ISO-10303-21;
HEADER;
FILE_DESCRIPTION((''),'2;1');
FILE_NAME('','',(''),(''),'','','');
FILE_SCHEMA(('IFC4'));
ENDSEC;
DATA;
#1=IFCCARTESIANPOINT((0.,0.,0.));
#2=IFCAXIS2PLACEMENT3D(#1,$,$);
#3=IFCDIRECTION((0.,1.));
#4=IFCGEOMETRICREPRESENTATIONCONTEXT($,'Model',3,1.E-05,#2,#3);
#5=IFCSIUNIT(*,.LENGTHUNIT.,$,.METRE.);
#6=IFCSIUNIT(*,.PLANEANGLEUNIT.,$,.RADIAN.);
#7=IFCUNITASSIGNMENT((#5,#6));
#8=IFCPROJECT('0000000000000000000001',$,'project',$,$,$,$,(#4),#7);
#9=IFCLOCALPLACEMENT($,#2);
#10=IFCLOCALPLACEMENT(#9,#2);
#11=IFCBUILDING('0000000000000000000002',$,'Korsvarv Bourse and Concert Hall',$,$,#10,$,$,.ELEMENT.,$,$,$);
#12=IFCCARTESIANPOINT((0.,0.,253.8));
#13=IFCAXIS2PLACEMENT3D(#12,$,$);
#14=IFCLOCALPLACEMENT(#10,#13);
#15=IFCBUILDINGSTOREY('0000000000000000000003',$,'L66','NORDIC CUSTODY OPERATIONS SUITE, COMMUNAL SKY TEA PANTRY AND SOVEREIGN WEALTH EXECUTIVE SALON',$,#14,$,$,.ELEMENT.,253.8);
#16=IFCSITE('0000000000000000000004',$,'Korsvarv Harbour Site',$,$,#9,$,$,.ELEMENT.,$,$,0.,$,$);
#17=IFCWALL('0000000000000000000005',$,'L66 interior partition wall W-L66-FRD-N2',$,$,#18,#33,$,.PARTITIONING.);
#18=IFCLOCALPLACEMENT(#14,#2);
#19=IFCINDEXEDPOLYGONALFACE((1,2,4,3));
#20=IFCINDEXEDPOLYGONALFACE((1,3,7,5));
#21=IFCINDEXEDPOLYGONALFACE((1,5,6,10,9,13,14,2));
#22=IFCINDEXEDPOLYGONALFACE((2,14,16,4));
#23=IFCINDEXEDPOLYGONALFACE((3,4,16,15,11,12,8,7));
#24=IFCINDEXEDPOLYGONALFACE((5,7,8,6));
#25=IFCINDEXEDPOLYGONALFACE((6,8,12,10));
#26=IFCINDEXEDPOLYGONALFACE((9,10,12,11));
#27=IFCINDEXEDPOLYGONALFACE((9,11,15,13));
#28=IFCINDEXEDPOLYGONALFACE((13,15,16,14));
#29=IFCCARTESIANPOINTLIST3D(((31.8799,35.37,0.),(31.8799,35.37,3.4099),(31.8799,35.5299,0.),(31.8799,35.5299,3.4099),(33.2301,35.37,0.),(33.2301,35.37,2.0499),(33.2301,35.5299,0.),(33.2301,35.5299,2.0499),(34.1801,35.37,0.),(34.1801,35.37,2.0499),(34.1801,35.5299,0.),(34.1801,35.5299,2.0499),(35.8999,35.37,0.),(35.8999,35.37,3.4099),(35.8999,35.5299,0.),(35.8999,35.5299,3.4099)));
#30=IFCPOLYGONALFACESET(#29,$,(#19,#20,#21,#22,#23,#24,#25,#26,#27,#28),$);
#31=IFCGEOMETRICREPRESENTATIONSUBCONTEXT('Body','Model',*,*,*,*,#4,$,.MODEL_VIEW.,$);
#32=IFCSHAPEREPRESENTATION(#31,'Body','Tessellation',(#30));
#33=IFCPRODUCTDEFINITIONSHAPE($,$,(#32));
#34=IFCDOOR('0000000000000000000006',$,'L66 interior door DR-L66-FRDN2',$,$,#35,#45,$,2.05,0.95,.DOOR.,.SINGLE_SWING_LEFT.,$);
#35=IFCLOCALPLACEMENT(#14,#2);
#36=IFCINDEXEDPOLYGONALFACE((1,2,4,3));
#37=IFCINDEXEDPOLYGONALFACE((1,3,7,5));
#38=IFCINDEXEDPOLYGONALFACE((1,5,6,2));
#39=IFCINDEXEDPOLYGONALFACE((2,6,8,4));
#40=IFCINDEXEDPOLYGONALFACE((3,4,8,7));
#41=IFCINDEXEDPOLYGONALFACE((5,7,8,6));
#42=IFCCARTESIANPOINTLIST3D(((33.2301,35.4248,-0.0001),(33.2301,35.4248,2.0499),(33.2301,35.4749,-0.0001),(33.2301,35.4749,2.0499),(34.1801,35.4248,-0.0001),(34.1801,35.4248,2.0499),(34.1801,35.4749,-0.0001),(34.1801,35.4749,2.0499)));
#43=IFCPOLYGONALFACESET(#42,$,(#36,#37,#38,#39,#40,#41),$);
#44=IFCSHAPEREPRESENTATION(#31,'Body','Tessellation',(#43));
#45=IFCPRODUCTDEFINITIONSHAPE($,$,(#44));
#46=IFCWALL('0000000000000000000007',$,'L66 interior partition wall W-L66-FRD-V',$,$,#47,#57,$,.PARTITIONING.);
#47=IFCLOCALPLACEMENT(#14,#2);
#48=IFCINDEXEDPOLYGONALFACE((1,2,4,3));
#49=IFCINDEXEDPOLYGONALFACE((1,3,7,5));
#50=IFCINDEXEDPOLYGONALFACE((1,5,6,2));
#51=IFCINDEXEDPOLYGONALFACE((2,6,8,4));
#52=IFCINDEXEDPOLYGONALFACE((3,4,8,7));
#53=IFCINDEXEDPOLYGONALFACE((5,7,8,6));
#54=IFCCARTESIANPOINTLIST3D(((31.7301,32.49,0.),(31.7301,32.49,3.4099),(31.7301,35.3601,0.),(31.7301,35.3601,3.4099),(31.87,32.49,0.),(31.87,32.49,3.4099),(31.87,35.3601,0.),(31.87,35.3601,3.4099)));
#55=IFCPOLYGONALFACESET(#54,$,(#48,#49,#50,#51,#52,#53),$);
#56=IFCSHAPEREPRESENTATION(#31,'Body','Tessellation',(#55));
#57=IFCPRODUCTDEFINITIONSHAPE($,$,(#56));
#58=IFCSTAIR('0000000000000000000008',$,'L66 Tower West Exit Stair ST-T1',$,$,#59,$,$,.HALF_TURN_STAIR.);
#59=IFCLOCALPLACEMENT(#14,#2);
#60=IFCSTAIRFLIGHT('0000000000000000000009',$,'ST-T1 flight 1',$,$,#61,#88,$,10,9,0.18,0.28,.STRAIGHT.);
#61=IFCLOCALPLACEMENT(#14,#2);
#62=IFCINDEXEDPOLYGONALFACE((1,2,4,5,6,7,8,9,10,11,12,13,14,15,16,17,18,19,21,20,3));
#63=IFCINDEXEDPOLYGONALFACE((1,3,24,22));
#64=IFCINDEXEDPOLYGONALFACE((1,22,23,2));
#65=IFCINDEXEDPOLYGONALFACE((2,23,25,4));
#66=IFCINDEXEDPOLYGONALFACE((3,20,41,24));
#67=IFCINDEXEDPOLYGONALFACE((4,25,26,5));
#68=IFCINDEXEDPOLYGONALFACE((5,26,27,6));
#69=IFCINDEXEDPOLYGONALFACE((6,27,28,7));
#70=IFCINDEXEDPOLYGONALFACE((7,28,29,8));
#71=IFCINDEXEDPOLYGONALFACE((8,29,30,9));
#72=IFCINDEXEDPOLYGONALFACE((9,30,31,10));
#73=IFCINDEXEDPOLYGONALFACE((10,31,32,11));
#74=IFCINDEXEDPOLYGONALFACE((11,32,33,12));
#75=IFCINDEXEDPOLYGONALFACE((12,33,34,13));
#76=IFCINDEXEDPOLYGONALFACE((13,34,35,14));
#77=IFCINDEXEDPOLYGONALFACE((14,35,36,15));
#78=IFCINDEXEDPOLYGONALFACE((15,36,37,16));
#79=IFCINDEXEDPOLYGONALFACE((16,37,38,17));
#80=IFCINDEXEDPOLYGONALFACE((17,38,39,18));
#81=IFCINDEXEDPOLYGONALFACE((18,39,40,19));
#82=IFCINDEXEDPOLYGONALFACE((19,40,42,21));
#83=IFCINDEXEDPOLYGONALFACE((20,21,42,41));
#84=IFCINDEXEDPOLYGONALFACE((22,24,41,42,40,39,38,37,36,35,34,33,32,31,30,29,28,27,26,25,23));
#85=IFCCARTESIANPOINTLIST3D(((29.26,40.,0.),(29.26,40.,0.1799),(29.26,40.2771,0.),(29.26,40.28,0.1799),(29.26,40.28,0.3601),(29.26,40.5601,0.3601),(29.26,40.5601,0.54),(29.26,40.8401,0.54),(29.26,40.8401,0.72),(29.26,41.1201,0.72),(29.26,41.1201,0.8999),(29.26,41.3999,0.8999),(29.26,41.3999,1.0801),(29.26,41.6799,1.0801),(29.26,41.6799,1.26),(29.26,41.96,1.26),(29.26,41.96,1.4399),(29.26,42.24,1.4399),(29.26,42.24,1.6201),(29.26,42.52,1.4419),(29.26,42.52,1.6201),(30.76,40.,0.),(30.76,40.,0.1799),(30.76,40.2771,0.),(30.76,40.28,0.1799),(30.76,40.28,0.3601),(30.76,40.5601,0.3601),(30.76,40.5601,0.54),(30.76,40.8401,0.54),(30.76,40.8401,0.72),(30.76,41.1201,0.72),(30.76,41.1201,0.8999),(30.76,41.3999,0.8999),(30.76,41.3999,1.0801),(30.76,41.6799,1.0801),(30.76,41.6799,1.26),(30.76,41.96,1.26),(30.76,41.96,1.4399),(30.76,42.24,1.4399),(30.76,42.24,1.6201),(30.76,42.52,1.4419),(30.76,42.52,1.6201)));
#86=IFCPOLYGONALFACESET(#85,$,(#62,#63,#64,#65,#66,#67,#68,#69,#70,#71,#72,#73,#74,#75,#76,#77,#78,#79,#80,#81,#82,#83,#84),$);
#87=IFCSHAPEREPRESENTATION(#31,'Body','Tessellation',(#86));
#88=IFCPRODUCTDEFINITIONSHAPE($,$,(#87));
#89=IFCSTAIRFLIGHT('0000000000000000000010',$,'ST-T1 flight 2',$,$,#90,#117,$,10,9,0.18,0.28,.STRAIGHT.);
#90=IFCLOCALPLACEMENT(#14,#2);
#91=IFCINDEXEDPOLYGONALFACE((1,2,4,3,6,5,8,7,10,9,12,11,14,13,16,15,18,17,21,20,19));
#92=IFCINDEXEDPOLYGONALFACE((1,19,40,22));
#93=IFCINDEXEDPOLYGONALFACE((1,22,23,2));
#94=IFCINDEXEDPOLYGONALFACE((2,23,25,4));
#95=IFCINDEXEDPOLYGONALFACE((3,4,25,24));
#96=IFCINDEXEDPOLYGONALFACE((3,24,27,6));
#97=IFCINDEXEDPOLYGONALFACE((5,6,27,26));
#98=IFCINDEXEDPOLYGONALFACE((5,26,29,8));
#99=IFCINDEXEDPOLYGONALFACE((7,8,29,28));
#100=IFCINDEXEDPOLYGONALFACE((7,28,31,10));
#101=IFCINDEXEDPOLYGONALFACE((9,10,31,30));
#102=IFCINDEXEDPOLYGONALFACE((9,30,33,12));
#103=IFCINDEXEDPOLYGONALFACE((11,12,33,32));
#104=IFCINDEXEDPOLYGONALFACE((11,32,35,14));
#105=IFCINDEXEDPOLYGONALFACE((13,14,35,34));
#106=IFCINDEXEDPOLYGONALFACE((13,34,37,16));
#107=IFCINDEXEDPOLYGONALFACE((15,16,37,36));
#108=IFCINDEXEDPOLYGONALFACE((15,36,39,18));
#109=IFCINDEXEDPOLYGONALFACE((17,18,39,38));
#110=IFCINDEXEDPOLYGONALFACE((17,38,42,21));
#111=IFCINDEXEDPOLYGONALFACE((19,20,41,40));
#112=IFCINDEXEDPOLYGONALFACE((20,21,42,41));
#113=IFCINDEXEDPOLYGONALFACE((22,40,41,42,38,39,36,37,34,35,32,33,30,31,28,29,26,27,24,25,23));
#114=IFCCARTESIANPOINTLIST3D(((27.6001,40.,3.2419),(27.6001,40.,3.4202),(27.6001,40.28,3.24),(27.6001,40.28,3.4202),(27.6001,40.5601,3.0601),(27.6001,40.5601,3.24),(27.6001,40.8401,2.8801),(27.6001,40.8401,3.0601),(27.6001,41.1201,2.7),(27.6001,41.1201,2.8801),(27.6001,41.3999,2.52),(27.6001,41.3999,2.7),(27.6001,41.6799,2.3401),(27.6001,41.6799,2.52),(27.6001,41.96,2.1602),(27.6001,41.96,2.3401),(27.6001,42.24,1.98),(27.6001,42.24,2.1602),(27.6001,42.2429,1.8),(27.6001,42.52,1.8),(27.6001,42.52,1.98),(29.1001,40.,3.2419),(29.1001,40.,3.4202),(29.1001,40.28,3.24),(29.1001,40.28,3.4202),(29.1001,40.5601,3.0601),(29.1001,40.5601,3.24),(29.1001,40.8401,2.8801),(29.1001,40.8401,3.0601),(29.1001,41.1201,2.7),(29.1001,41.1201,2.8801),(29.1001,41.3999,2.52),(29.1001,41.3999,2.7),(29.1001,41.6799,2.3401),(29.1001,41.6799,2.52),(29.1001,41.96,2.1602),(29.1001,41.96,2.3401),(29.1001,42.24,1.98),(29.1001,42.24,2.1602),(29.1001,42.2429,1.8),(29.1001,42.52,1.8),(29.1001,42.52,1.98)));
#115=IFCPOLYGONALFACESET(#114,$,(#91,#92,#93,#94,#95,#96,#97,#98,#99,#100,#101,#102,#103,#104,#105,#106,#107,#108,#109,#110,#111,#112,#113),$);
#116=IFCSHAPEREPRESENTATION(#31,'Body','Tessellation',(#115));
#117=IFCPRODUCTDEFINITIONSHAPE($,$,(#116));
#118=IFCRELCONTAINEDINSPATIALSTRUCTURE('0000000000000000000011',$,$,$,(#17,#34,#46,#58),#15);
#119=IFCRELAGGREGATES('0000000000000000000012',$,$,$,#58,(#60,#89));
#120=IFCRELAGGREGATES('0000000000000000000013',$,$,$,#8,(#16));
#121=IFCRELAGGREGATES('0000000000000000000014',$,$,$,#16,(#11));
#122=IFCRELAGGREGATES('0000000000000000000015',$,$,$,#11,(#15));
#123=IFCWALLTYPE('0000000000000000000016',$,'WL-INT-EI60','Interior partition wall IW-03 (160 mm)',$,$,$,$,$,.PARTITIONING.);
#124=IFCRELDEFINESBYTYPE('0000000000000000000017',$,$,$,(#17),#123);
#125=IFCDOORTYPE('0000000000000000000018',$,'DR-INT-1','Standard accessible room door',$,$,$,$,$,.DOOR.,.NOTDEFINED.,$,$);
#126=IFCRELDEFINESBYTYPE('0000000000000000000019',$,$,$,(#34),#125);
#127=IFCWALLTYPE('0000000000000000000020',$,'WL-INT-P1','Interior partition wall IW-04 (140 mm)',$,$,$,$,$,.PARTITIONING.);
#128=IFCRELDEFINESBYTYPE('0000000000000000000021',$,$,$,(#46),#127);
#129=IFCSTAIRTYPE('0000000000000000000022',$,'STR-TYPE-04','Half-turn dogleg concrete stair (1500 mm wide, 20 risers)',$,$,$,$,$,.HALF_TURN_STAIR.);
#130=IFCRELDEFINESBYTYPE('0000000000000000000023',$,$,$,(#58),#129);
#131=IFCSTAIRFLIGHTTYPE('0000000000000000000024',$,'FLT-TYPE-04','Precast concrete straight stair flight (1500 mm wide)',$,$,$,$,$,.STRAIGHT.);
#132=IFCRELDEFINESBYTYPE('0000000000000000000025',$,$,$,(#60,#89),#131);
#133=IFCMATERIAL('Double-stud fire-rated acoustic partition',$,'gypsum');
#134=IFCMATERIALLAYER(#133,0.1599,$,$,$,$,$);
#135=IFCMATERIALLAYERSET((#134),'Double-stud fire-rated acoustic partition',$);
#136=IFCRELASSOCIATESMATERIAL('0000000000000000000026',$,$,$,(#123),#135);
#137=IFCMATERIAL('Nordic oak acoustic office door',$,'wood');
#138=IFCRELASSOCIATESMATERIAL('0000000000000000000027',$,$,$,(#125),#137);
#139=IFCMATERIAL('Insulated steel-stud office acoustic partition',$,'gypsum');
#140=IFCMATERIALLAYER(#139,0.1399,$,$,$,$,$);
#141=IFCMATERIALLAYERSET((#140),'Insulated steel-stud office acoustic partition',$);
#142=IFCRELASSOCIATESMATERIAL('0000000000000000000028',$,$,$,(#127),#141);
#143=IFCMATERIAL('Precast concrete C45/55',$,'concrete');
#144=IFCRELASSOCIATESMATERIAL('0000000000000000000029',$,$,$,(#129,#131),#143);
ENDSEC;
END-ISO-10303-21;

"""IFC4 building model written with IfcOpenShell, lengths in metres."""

from ifc_helpers import new_model, si_unit, direction, frame, frame_2d, origin, place, context, subcontext, project, spatial, polyline, rectangle, outline, extrude, material, layer, layer_set, type_object, element, fill, aggregate, save


model = new_model("IFC4")

# Units and contexts
model_context = context("Model", 3, precision=1e-05, world=origin(), true_north=direction((0.0, 1.0)))
body_context = subcontext(model_context, "Body", "Model", "MODEL_VIEW")
ifc_project = project(units=[si_unit("LENGTHUNIT", "METRE"), si_unit("PLANEANGLEUNIT", "RADIAN")], contexts=[model_context])

# Site, building, storey
site_placement = place(None, origin())
site = spatial("IfcSite", under=ifc_project, at=site_placement, Name="Korsvarv Harbour Site", CompositionType="ELEMENT", RefElevation=0.0)
building_placement = place(site_placement, origin())
building = spatial("IfcBuilding", under=site, at=building_placement, Name="Korsvarv Bourse and Concert Hall", CompositionType="ELEMENT")
storey_placement = place(building_placement, frame((0.0, 0.0, 253.8)))
storey = spatial("IfcBuildingStorey", under=building, at=storey_placement, Name="L66", Description="NORDIC CUSTODY OPERATIONS SUITE, COMMUNAL SKY TEA PANTRY AND SOVEREIGN WEALTH EXECUTIVE SALON", CompositionType="ELEMENT", Elevation=253.8)

# Shared definitions
ifc_material_1 = material(Name="Double-stud fire-rated acoustic partition", Category="gypsum")
ifc_layer_1 = layer(ifc_material_1, 0.1599)
ifc_layer_set_1 = layer_set([ifc_layer_1], Name="Double-stud fire-rated acoustic partition")
wall_type_1 = type_object("IfcWallType", Name="WL-INT-EI60", Description="Interior partition wall IW-03 (160 mm)", PredefinedType="PARTITIONING", material=ifc_layer_set_1)

# Wall, opening, door
wall_1_placement = place(storey_placement, frame((31.8799, 35.45, 0.0), z_axis=(0.0, 0.0, 1.0), x_axis=(1.0, 0.0, 0.0)))
wall_1 = element("IfcWall", 1, at=wall_1_placement, inside=storey, type_object=wall_type_1, Name="L66 interior partition wall W-L66-FRD-N2", PredefinedType="PARTITIONING", context=body_context, shape_type="SweptSolid", body=[
    extrude(rectangle(XDim=4.02, YDim=0.1599, at=frame_2d((2.01, 0.0))), origin(), (0.0, 0.0, 1.0), 3.4099),
])
opening_1_placement = place(wall_1_placement, frame((1.3501, 0.0, 0.0)))
opening_1 = element("IfcOpeningElement", 2, at=opening_1_placement, cuts=wall_1, PredefinedType="OPENING", context=body_context, shape_type="SweptSolid", body=[
    extrude(rectangle(XDim=0.95, YDim=2.05, at=frame_2d((0.4751, 1.0249))), frame((0.0, 0.0898, 0.0), z_axis=(0.0, -1.0, 0.0), x_axis=(1.0, 0.0, 0.0)), (0.0, 0.0, 1.0), 0.1799),
])
ifc_material_2 = material(Name="Nordic oak acoustic office door", Category="wood")
door_type_1 = type_object("IfcDoorType", Name="DR-INT-1", Description="Standard accessible room door", OperationType="NOTDEFINED", PredefinedType="DOOR", material=ifc_material_2)
door_1_placement = place(opening_1_placement, origin())
door_1 = element("IfcDoor", 3, at=door_1_placement, inside=storey, type_object=door_type_1, Name="L66 interior door DR-L66-FRDN2", OperationType="SINGLE_SWING_LEFT", OverallHeight=2.05, OverallWidth=0.95, PredefinedType="DOOR", context=body_context, shape_type="SweptSolid", body=[
    extrude(rectangle(XDim=0.95, YDim=2.05, at=frame_2d((0.4751, 1.0249))), frame((0.0, 0.0249, 0.0), z_axis=(0.0, -1.0, 0.0), x_axis=(1.0, 0.0, 0.0)), (0.0, 0.0, 1.0), 0.05),
])
fill(opening_1, door_1)

# Wall
ifc_material_3 = material(Name="Insulated steel-stud office acoustic partition", Category="gypsum")
ifc_layer_2 = layer(ifc_material_3, 0.1399)
ifc_layer_set_2 = layer_set([ifc_layer_2], Name="Insulated steel-stud office acoustic partition")
wall_type_2 = type_object("IfcWallType", Name="WL-INT-P1", Description="Interior partition wall IW-04 (140 mm)", PredefinedType="PARTITIONING", material=ifc_layer_set_2)
wall_2_placement = place(storey_placement, frame((31.8, 32.49, 0.0), z_axis=(0.0, 0.0, 1.0), x_axis=(0.0, 1.0, 0.0)))
element("IfcWall", 4, at=wall_2_placement, inside=storey, type_object=wall_type_2, Name="L66 interior partition wall W-L66-FRD-V", PredefinedType="PARTITIONING", context=body_context, shape_type="SweptSolid", body=[
    extrude(rectangle(XDim=2.8701, YDim=0.1399, at=frame_2d((1.4351, 0.0))), origin(), (0.0, 0.0, 1.0), 3.4099),
])

# Stair, stair flights
ifc_material_4 = material(Name="Precast concrete C45/55", Category="concrete")
stair_type = type_object("IfcStairType", Name="STR-TYPE-04", Description="Half-turn dogleg concrete stair (1500 mm wide, 20 risers)", PredefinedType="HALF_TURN_STAIR", material=ifc_material_4)
stair_placement = place(storey_placement, origin())
stair = element("IfcStair", 5, at=stair_placement, inside=storey, type_object=stair_type, Name="L66 Tower West Exit Stair ST-T1", PredefinedType="HALF_TURN_STAIR")
stair_flight_type = type_object("IfcStairFlightType", Name="FLT-TYPE-04", Description="Precast concrete straight stair flight (1500 mm wide)", PredefinedType="STRAIGHT", material=ifc_material_4)
stair_flight_1_placement = place(storey_placement, frame((30.01, 40.0, 0.0), z_axis=(0.0, 0.0, 1.0), x_axis=(0.0, 1.0, 0.0)))
stair_flight_1 = element("IfcStairFlight", 6, at=stair_flight_1_placement, type_object=stair_flight_type, Name="ST-T1 flight 1", NumberOfRisers=10, NumberOfTreads=9, PredefinedType="STRAIGHT", RiserHeight=0.18, TreadLength=0.28, context=body_context, shape_type="SweptSolid", body=[
    extrude(outline(polyline([(0.0, 0.0), (0.0, 0.1799), (0.28, 0.1799), (0.28, 0.3601), (0.5601, 0.3601), (0.5601, 0.54), (0.8401, 0.54), (0.8401, 0.72), (1.1201, 0.72), (1.1201, 0.8999), (1.3999, 0.8999), (1.3999, 1.0801), (1.6799, 1.0801), (1.6799, 1.26), (1.96, 1.26), (1.96, 1.4399), (2.24, 1.4399), (2.24, 1.6201), (2.52, 1.6201), (2.52, 1.8), (2.52, 1.4419), (0.2771, 0.0), (0.0, 0.0)])), frame((0.0, 0.75, 0.0), z_axis=(0.0, -1.0, 0.0), x_axis=(1.0, 0.0, 0.0)), (0.0, 0.0, 1.0), 1.5),
])
stair_flight_2_placement = place(storey_placement, frame((28.3501, 42.52, 1.8), z_axis=(0.0, 0.0, 1.0), x_axis=(0.0, -1.0, 0.0)))
stair_flight_2 = element("IfcStairFlight", 7, at=stair_flight_2_placement, type_object=stair_flight_type, Name="ST-T1 flight 2", NumberOfRisers=10, NumberOfTreads=9, PredefinedType="STRAIGHT", RiserHeight=0.18, TreadLength=0.28, context=body_context, shape_type="SweptSolid", body=[
    extrude(outline(polyline([(0.0, 0.0), (0.0, 0.1799), (0.28, 0.1799), (0.28, 0.3601), (0.5601, 0.3601), (0.5601, 0.54), (0.8401, 0.54), (0.8401, 0.72), (1.1201, 0.72), (1.1201, 0.8999), (1.3999, 0.8999), (1.3999, 1.0801), (1.6799, 1.0801), (1.6799, 1.26), (1.96, 1.26), (1.96, 1.4399), (2.24, 1.4399), (2.24, 1.6201), (2.52, 1.6201), (2.52, 1.8), (2.52, 1.4419), (0.2771, 0.0), (0.0, 0.0)])), frame((0.0, 0.75, 0.0), z_axis=(0.0, -1.0, 0.0), x_axis=(1.0, 0.0, 0.0)), (0.0, 0.0, 1.0), 1.5),
])
aggregate(stair, [stair_flight_1, stair_flight_2])

save(model, "model.ifc")
